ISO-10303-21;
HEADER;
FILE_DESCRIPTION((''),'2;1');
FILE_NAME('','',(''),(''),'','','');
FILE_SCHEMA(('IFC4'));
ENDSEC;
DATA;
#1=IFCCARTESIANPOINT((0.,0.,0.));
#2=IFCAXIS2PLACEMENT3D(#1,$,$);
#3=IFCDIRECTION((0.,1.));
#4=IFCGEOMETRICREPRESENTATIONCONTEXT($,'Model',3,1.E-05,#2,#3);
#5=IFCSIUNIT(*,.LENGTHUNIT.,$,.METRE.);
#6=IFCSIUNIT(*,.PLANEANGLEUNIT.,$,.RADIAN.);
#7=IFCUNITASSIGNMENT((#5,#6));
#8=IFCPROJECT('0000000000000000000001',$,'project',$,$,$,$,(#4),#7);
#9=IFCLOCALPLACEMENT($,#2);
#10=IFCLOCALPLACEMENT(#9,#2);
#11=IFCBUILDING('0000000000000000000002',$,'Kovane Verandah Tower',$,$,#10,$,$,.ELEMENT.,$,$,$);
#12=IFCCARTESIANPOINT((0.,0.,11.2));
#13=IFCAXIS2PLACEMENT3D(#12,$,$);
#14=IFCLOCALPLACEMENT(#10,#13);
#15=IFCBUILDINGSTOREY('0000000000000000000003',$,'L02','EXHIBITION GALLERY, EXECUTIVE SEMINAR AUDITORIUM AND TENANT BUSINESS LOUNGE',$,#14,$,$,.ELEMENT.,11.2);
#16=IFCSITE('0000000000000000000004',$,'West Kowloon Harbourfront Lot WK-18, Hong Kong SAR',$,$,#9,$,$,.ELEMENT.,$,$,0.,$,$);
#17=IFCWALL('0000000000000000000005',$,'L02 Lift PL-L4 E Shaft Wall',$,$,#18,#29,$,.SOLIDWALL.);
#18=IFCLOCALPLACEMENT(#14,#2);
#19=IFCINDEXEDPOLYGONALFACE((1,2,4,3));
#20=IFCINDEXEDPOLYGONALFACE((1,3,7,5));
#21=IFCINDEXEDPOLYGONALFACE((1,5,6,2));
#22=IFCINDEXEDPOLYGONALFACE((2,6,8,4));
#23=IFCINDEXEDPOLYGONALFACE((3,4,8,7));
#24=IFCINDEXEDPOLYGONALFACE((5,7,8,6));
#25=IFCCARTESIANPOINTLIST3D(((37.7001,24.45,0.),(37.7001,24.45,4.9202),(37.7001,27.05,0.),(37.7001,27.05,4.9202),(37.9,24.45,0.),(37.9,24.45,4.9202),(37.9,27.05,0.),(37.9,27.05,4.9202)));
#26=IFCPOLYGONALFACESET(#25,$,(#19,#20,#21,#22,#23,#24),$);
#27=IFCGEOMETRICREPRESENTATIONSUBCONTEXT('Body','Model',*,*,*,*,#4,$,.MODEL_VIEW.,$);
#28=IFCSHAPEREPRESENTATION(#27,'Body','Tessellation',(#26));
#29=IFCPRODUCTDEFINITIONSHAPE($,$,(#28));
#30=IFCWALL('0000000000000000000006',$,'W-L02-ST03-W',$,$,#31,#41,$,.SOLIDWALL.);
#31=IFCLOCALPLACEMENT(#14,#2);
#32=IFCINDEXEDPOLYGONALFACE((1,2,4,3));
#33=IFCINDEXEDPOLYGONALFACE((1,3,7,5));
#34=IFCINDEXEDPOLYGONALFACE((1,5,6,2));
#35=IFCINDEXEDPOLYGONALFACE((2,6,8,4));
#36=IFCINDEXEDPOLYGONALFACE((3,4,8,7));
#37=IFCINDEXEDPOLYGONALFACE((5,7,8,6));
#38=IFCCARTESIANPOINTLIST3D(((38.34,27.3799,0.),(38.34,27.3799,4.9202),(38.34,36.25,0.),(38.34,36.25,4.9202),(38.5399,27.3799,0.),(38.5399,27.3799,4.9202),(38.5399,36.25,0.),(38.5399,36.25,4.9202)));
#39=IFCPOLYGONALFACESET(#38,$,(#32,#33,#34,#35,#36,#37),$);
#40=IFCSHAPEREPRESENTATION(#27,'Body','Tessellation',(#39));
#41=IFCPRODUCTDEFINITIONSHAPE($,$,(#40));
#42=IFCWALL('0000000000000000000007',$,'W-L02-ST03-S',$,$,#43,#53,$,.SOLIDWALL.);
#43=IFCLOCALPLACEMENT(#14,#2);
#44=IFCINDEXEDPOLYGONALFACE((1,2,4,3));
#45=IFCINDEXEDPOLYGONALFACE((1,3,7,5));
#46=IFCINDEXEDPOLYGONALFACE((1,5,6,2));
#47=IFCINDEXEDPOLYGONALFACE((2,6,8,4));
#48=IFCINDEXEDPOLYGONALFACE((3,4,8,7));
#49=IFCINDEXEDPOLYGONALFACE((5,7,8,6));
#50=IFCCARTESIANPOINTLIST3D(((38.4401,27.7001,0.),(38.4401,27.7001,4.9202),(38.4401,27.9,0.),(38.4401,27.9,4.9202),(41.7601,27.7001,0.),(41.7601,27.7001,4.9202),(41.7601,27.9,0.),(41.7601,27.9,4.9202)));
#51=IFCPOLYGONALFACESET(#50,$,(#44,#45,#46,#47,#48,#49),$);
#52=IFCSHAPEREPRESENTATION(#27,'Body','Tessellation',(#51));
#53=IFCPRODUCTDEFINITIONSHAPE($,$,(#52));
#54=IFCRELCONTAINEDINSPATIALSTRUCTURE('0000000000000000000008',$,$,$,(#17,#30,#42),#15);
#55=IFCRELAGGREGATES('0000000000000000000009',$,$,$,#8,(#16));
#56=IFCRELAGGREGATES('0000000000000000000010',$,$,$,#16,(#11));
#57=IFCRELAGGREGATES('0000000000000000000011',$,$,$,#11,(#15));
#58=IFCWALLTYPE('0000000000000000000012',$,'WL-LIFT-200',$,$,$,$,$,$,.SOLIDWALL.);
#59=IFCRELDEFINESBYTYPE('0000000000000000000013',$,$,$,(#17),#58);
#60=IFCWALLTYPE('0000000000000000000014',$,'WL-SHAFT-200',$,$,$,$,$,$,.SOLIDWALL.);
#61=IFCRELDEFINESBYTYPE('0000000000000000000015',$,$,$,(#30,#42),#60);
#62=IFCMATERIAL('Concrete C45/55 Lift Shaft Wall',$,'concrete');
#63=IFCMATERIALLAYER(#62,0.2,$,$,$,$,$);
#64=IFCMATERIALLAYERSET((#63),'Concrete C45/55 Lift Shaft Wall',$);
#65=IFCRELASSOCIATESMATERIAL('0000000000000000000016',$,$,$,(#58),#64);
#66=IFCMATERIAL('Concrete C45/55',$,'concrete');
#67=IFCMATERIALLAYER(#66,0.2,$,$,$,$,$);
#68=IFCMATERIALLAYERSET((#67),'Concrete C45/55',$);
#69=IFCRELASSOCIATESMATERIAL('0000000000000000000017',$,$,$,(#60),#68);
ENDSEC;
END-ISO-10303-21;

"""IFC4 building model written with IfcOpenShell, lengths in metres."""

from ifc_helpers import new_model, si_unit, direction, frame, frame_2d, origin, place, context, subcontext, project, spatial, rectangle, extrude, material, layer, layer_set, type_object, element, save


model = new_model("IFC4")

# Units and contexts
model_context = context("Model", 3, precision=1e-05, world=origin(), true_north=direction((0.0, 1.0)))
body_context = subcontext(model_context, "Body", "Model", "MODEL_VIEW")
ifc_project = project(units=[si_unit("LENGTHUNIT", "METRE"), si_unit("PLANEANGLEUNIT", "RADIAN")], contexts=[model_context])

# Site, building, storey
site_placement = place(None, origin())
site = spatial("IfcSite", under=ifc_project, at=site_placement, Name="West Kowloon Harbourfront Lot WK-18, Hong Kong SAR", CompositionType="ELEMENT", RefElevation=0.0)
building_placement = place(site_placement, origin())
building = spatial("IfcBuilding", under=site, at=building_placement, Name="Kovane Verandah Tower", CompositionType="ELEMENT")
storey_placement = place(building_placement, frame((0.0, 0.0, 11.2)))
storey = spatial("IfcBuildingStorey", under=building, at=storey_placement, Name="L02", Description="EXHIBITION GALLERY, EXECUTIVE SEMINAR AUDITORIUM AND TENANT BUSINESS LOUNGE", CompositionType="ELEMENT", Elevation=11.2)

# Walls
ifc_material_1 = material(Name="Concrete C45/55 Lift Shaft Wall", Category="concrete")
ifc_layer_1 = layer(ifc_material_1, 0.2)
ifc_layer_set_1 = layer_set([ifc_layer_1], Name="Concrete C45/55 Lift Shaft Wall")
wall_type_1 = type_object("IfcWallType", Name="WL-LIFT-200", PredefinedType="SOLIDWALL", material=ifc_layer_set_1)
wall_1_placement = place(storey_placement, frame((37.8, 24.45, 0.0), z_axis=(0.0, 0.0, 1.0), x_axis=(0.0, 1.0, 0.0)))
element("IfcWall", 1, at=wall_1_placement, inside=storey, type_object=wall_type_1, Name="L02 Lift PL-L4 E Shaft Wall", PredefinedType="SOLIDWALL", context=body_context, shape_type="SweptSolid", body=[
    extrude(rectangle(XDim=2.6001, YDim=0.2, at=frame_2d((1.3, 0.0))), origin(), (0.0, 0.0, 1.0), 4.9202),
])
ifc_material_2 = material(Name="Concrete C45/55", Category="concrete")
ifc_layer_2 = layer(ifc_material_2, 0.2)
ifc_layer_set_2 = layer_set([ifc_layer_2], Name="Concrete C45/55")
wall_type_2 = type_object("IfcWallType", Name="WL-SHAFT-200", PredefinedType="SOLIDWALL", material=ifc_layer_set_2)
wall_2_placement = place(storey_placement, frame((38.4399, 27.3799, 0.0), z_axis=(0.0, 0.0, 1.0), x_axis=(0.0, 1.0, 0.0)))
element("IfcWall", 2, at=wall_2_placement, inside=storey, type_object=wall_type_2, Name="W-L02-ST03-W", PredefinedType="SOLIDWALL", context=body_context, shape_type="SweptSolid", body=[
    extrude(rectangle(XDim=8.8701, YDim=0.2, at=frame_2d((4.4351, 0.0))), origin(), (0.0, 0.0, 1.0), 4.9202),
])
wall_3_placement = place(storey_placement, frame((38.4399, 27.8, 0.0), z_axis=(0.0, 0.0, 1.0), x_axis=(1.0, 0.0, 0.0)))
element("IfcWall", 3, at=wall_3_placement, inside=storey, type_object=wall_type_2, Name="W-L02-ST03-S", PredefinedType="SOLIDWALL", context=body_context, shape_type="SweptSolid", body=[
    extrude(rectangle(XDim=3.3201, YDim=0.2, at=frame_2d((1.6602, 0.0))), origin(), (0.0, 0.0, 1.0), 4.9202),
])

save(model, "model.ifc")
